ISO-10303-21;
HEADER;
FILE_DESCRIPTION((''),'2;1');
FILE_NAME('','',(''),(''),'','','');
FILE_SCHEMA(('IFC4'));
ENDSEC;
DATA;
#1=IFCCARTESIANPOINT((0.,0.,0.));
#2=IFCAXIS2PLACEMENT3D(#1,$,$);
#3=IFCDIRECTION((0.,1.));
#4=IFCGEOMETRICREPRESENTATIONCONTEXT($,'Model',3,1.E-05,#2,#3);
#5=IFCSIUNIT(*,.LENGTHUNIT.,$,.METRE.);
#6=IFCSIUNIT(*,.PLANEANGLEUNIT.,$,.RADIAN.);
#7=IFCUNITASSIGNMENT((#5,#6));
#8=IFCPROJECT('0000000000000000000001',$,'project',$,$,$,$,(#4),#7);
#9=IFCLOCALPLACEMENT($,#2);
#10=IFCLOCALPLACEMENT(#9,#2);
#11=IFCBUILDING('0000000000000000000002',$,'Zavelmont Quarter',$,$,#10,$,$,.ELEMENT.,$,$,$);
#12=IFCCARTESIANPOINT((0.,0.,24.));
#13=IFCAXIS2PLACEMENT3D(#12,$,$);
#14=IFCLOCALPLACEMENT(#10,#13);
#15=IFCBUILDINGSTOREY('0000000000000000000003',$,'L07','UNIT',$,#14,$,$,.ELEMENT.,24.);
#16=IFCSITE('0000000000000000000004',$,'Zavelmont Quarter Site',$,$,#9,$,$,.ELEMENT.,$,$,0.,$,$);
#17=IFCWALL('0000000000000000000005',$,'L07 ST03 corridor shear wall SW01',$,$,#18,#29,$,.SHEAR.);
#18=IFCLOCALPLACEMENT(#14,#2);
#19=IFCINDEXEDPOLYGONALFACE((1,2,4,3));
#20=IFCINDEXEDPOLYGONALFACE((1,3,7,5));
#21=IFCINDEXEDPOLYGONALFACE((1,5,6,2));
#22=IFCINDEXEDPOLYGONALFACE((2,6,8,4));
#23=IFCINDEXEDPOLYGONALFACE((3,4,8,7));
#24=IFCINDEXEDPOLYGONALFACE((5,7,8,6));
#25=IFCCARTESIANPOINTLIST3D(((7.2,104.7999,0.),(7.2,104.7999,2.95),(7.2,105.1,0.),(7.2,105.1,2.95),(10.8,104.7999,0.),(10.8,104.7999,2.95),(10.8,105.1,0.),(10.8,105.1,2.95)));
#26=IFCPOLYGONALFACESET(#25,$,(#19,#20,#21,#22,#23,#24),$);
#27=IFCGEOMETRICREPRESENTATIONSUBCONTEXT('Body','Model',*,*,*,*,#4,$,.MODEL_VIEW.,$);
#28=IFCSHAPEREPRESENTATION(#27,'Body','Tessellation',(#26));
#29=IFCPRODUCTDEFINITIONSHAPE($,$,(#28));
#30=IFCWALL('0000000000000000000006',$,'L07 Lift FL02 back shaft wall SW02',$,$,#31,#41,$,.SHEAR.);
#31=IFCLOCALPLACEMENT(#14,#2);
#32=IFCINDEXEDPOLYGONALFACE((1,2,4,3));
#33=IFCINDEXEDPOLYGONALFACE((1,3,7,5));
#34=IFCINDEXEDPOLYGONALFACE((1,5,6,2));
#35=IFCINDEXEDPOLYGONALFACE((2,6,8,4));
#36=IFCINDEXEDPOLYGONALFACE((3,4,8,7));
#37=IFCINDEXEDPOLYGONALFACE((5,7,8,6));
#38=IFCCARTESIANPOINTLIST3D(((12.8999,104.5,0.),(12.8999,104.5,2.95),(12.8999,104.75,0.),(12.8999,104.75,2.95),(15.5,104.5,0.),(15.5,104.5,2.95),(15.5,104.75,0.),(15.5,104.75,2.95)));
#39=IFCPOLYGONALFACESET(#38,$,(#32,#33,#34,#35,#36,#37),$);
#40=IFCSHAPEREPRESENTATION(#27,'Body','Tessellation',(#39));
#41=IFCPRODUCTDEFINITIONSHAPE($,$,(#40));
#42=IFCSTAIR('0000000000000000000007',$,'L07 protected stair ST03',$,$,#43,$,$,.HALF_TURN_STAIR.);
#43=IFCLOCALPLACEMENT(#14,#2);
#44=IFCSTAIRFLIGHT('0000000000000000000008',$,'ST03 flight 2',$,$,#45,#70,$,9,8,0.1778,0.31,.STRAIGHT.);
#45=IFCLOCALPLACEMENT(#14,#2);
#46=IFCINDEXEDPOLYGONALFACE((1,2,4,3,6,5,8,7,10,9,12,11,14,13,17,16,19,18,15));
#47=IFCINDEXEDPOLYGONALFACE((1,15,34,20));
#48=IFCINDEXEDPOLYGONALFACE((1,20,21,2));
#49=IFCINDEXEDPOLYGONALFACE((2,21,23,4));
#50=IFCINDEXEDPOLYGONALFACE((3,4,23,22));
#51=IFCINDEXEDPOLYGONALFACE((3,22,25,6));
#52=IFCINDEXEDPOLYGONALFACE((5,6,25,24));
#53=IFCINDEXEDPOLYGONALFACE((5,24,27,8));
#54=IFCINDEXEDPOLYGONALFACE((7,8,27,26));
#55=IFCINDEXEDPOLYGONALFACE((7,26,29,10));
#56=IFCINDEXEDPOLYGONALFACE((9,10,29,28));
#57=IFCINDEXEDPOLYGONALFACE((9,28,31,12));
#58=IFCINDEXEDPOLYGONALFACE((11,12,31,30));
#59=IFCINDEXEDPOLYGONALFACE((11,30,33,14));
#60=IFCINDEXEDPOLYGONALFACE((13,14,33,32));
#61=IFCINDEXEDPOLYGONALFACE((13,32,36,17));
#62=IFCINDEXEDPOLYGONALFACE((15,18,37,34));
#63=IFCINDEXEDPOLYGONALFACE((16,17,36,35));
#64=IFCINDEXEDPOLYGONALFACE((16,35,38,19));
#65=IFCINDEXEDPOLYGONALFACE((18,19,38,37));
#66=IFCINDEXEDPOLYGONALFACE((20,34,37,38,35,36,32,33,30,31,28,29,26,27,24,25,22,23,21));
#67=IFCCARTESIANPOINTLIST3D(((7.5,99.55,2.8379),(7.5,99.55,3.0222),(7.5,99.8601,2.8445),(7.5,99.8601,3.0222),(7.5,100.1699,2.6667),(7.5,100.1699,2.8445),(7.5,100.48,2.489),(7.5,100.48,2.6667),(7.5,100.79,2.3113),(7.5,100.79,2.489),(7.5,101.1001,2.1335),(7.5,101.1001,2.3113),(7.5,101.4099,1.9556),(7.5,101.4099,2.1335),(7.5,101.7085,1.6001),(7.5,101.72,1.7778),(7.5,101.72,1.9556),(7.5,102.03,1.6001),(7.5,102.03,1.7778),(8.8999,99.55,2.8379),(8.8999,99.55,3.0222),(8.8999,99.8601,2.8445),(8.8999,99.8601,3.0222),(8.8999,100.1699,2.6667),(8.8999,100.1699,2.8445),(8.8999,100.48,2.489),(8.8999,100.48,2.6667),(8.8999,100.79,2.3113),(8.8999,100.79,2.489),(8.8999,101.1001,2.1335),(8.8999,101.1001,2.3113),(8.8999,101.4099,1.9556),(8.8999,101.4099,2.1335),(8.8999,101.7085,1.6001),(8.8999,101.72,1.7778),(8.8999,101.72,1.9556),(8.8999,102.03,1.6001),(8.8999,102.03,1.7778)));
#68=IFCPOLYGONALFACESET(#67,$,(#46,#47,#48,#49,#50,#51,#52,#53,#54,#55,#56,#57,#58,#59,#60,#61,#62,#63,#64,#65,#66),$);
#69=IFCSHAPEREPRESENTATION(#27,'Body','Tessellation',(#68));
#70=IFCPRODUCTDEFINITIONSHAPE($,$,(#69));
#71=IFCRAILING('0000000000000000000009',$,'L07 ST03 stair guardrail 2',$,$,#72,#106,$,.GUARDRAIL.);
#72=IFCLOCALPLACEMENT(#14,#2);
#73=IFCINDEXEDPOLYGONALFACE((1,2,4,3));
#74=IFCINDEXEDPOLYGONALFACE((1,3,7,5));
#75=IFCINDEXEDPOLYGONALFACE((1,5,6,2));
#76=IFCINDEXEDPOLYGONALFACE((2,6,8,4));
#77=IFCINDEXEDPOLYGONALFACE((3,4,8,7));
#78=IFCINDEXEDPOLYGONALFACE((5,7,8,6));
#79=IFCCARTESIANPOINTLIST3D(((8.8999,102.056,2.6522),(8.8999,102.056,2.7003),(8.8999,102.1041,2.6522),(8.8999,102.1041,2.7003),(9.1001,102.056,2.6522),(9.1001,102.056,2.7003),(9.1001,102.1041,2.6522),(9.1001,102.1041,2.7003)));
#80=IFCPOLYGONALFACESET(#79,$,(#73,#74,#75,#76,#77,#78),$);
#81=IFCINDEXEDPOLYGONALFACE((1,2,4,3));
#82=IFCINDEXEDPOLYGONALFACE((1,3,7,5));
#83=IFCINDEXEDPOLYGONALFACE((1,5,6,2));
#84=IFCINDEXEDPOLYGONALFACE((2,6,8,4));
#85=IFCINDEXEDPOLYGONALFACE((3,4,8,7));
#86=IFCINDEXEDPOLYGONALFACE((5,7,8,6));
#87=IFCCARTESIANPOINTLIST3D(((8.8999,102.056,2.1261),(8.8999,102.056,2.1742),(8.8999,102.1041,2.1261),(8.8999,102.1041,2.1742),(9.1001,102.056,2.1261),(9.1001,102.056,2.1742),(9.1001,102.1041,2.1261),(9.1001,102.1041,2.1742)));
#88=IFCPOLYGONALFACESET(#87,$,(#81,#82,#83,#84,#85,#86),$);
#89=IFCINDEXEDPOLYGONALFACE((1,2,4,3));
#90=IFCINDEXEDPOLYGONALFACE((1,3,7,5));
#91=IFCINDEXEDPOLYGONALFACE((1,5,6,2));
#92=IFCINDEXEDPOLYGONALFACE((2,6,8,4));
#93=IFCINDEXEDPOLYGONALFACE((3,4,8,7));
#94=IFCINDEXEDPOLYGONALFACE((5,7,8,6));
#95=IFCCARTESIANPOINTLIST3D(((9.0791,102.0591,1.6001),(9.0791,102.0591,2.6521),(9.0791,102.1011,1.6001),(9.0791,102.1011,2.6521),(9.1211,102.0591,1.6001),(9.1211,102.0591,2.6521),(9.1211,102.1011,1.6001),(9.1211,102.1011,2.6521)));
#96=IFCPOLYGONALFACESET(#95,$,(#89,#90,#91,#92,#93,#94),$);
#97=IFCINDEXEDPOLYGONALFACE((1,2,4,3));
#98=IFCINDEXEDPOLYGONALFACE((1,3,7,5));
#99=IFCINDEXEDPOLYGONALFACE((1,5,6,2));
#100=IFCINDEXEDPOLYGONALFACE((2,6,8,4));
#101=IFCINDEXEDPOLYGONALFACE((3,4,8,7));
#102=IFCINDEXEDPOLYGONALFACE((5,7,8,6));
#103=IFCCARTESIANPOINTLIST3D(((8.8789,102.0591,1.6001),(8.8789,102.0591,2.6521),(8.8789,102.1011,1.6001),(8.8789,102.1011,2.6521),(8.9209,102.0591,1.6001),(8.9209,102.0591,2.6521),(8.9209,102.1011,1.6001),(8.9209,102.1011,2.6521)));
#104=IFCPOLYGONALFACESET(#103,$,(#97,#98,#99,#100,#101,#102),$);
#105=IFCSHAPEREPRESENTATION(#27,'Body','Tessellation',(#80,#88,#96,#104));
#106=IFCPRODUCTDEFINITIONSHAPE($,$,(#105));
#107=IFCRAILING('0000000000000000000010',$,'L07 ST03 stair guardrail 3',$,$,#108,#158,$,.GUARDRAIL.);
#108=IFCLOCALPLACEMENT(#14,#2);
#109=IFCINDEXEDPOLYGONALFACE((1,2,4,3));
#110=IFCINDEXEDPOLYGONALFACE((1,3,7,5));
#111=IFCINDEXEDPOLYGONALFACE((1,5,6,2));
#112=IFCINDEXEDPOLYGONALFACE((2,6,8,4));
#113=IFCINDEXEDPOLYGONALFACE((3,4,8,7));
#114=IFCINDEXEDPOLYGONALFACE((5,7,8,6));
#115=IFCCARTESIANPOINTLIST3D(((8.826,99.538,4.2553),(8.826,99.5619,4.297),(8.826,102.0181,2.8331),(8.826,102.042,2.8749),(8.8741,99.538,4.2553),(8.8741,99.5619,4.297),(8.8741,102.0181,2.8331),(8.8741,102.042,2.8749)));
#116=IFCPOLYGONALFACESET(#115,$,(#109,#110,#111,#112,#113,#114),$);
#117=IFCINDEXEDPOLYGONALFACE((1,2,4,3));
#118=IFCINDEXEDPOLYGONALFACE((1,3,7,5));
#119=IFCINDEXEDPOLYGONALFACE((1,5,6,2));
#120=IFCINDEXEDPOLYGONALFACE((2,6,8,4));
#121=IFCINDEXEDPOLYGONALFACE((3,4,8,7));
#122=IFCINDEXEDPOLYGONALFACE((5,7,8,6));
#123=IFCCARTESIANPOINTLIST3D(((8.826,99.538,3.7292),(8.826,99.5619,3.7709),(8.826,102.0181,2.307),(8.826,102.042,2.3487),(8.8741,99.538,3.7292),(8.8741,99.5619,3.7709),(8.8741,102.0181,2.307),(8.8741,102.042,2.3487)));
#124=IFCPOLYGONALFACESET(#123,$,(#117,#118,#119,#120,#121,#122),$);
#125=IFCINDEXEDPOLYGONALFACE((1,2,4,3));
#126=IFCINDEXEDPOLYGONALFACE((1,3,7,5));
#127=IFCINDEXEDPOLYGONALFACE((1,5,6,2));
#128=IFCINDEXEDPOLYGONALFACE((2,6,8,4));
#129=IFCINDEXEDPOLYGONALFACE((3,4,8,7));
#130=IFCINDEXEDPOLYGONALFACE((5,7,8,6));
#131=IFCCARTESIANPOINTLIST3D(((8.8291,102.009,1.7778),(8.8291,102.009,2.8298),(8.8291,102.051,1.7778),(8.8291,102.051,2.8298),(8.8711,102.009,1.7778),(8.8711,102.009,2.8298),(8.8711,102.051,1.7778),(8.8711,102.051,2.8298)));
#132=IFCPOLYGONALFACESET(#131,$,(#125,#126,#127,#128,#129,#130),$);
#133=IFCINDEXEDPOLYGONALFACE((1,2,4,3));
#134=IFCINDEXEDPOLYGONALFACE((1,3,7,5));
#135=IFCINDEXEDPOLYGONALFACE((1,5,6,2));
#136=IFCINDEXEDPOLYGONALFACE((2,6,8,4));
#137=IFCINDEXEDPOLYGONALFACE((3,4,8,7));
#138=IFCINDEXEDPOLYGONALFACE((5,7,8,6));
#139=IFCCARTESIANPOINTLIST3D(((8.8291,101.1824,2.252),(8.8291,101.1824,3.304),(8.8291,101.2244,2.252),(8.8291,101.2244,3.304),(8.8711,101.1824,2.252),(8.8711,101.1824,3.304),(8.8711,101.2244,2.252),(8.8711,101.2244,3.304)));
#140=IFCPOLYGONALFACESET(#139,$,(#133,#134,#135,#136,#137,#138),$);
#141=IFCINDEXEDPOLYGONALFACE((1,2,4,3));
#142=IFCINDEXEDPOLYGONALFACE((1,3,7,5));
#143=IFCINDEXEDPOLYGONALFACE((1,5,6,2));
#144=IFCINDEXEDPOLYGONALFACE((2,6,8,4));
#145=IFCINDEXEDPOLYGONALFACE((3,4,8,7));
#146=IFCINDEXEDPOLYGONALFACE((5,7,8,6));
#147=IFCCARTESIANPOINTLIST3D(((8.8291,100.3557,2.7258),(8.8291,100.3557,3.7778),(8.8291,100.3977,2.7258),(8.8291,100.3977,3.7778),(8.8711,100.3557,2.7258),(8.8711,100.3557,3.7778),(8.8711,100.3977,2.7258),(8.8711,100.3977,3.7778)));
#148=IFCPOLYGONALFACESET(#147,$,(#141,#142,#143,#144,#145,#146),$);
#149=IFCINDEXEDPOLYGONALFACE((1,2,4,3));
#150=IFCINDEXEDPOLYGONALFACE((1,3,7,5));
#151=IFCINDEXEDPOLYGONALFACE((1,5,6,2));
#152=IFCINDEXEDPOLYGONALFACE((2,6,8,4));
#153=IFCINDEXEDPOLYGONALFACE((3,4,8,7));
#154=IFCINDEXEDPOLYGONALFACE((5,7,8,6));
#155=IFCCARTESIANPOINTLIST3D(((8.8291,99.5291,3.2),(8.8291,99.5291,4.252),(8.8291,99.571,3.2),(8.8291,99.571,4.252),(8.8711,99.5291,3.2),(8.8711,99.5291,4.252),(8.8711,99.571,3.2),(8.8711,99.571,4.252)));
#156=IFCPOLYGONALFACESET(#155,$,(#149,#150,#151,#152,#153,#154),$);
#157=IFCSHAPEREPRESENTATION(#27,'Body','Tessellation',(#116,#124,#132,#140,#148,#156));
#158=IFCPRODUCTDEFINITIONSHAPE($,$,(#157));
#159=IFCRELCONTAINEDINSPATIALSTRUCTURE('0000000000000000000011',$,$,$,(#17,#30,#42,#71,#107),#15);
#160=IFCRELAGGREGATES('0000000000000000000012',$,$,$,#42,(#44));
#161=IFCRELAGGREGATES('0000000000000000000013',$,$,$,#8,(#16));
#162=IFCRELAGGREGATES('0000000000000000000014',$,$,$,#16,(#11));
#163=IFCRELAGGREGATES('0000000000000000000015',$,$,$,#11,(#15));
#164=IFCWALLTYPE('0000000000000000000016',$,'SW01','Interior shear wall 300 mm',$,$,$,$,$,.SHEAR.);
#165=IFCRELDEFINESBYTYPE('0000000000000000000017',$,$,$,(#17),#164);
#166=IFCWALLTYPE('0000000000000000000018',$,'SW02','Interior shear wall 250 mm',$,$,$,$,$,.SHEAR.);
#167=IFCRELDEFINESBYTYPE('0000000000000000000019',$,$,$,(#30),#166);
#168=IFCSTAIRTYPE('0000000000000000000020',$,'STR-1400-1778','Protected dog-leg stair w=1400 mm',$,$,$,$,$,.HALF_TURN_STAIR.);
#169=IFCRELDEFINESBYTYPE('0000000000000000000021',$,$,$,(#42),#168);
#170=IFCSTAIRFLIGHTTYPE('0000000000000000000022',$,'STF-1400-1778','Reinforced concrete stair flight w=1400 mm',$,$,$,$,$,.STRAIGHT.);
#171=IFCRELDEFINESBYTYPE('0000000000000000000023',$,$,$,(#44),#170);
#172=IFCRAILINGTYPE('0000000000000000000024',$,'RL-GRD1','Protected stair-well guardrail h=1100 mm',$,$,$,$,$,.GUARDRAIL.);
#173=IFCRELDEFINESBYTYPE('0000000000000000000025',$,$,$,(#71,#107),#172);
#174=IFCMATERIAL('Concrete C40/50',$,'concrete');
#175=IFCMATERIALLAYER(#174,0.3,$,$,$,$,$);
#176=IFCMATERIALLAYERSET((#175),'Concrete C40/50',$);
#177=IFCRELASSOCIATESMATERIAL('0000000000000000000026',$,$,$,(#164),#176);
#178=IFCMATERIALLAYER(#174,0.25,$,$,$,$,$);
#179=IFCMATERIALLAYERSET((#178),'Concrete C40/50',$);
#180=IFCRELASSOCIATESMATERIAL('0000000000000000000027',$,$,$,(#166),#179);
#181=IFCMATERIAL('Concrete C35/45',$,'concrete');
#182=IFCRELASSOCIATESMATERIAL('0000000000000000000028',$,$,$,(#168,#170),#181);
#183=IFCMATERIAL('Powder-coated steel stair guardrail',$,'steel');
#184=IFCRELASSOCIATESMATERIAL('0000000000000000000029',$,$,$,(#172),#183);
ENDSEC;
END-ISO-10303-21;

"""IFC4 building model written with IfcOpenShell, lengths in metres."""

from ifc_helpers import new_model, si_unit, direction, frame, frame_2d, origin, origin_2d, place, context, subcontext, project, spatial, polyline, rectangle, outline, extrude, material, layer, layer_set, type_object, element, aggregate, save


model = new_model("IFC4")

# Units and contexts
model_context = context("Model", 3, precision=1e-05, world=origin(), true_north=direction((0.0, 1.0)))
body_context = subcontext(model_context, "Body", "Model", "MODEL_VIEW")
ifc_project = project(units=[si_unit("LENGTHUNIT", "METRE"), si_unit("PLANEANGLEUNIT", "RADIAN")], contexts=[model_context])

# Site, building, storey
site_placement = place(None, origin())
site = spatial("IfcSite", under=ifc_project, at=site_placement, Name="Zavelmont Quarter Site", CompositionType="ELEMENT", RefElevation=0.0)
building_placement = place(site_placement, origin())
building = spatial("IfcBuilding", under=site, at=building_placement, Name="Zavelmont Quarter", CompositionType="ELEMENT")
storey_placement = place(building_placement, frame((0.0, 0.0, 24.0)))
storey = spatial("IfcBuildingStorey", under=building, at=storey_placement, Name="L07", Description="UNIT", CompositionType="ELEMENT", Elevation=24.0)

# Shared definitions
ifc_material_1 = material(Name="Concrete C35/45", Category="concrete")

# Shared definitions
ifc_material_2 = material(Name="Concrete C40/50", Category="concrete")

# Walls
ifc_layer_1 = layer(ifc_material_2, 0.3)
ifc_layer_set_1 = layer_set([ifc_layer_1], Name="Concrete C40/50")
wall_type_1 = type_object("IfcWallType", Name="SW01", Description="Interior shear wall 300 mm", PredefinedType="SHEAR", material=ifc_layer_set_1)
wall_1_placement = place(storey_placement, frame((7.2, 104.95, 0.0), z_axis=(0.0, 0.0, 1.0), x_axis=(1.0, 0.0, 0.0)))
element("IfcWall", 1, at=wall_1_placement, inside=storey, type_object=wall_type_1, Name="L07 ST03 corridor shear wall SW01", PredefinedType="SHEAR", context=body_context, shape_type="SweptSolid", body=[
    extrude(rectangle(XDim=3.6001, YDim=0.3, at=frame_2d((1.8, 0.0))), origin(), (0.0, 0.0, 1.0), 2.95),
])
ifc_layer_2 = layer(ifc_material_2, 0.25)
ifc_layer_set_2 = layer_set([ifc_layer_2], Name="Concrete C40/50")
wall_type_2 = type_object("IfcWallType", Name="SW02", Description="Interior shear wall 250 mm", PredefinedType="SHEAR", material=ifc_layer_set_2)
wall_2_placement = place(storey_placement, frame((12.8999, 104.625, 0.0), z_axis=(0.0, 0.0, 1.0), x_axis=(1.0, 0.0, 0.0)))
element("IfcWall", 2, at=wall_2_placement, inside=storey, type_object=wall_type_2, Name="L07 Lift FL02 back shaft wall SW02", PredefinedType="SHEAR", context=body_context, shape_type="SweptSolid", body=[
    extrude(rectangle(XDim=2.6001, YDim=0.25, at=frame_2d((1.3, 0.0))), origin(), (0.0, 0.0, 1.0), 2.95),
])

# Stair, stair flight
stair_type = type_object("IfcStairType", Name="STR-1400-1778", Description="Protected dog-leg stair w=1400 mm", PredefinedType="HALF_TURN_STAIR", material=ifc_material_1)
stair_placement = place(storey_placement, origin())
stair = element("IfcStair", 3, at=stair_placement, inside=storey, type_object=stair_type, Name="L07 protected stair ST03", PredefinedType="HALF_TURN_STAIR")
stair_flight_type = type_object("IfcStairFlightType", Name="STF-1400-1778", Description="Reinforced concrete stair flight w=1400 mm", PredefinedType="STRAIGHT", material=ifc_material_1)
stair_flight_placement = place(storey_placement, frame((8.2, 102.03, 1.6001), z_axis=(0.0, 0.0, 1.0), x_axis=(0.0, -1.0, 0.0)))
stair_flight = element("IfcStairFlight", 4, at=stair_flight_placement, type_object=stair_flight_type, Name="ST03 flight 2", NumberOfRisers=9, NumberOfTreads=8, PredefinedType="STRAIGHT", RiserHeight=0.1778, TreadLength=0.31, context=body_context, shape_type="SweptSolid", body=[
    extrude(outline(polyline([(0.0, 0.0), (0.0, 0.1777), (0.3101, 0.1777), (0.3101, 0.3555), (0.6201, 0.3555), (0.6201, 0.5334), (0.9299, 0.5334), (0.9299, 0.7112), (1.24, 0.7112), (1.24, 0.8889), (1.55, 0.8889), (1.55, 1.0667), (1.8601, 1.0667), (1.8601, 1.2444), (2.1699, 1.2444), (2.1699, 1.4221), (2.48, 1.4221), (2.48, 1.6001), (2.48, 1.2378), (0.3215, 0.0), (0.0, 0.0)])), frame((0.0, 0.7, 0.0), z_axis=(0.0, -1.0, 0.0), x_axis=(1.0, 0.0, 0.0)), (0.0, 0.0, 1.0), 1.3999),
])
aggregate(stair, [stair_flight])

# Railings
ifc_material_3 = material(Name="Powder-coated steel stair guardrail", Category="steel")
railing_type = type_object("IfcRailingType", Name="RL-GRD1", Description="Protected stair-well guardrail h=1100 mm", PredefinedType="GUARDRAIL", material=ifc_material_3)
railing_1_placement = place(storey_placement, frame((9.1001, 102.0801, 1.6001)))
element("IfcRailing", 5, at=railing_1_placement, inside=storey, type_object=railing_type, Name="L07 ST03 stair guardrail 2", PredefinedType="GUARDRAIL", context=body_context, shape_type="SweptSolid", body=[
    extrude(rectangle(XDim=0.0481, YDim=0.0481, at=origin_2d()), frame((0.0, 0.0, 1.0762), z_axis=(-1.0, 0.0, 0.0), x_axis=(0.0, -1.0, 0.0)), (0.0, 0.0, 1.0), 0.2002),
    extrude(rectangle(XDim=0.0481, YDim=0.0481, at=origin_2d()), frame((0.0, 0.0, 0.55), z_axis=(-1.0, 0.0, 0.0), x_axis=(0.0, -1.0, 0.0)), (0.0, 0.0, 1.0), 0.2002),
    extrude(rectangle(XDim=0.042, YDim=0.042, at=origin_2d()), origin(), (0.0, 0.0, 1.0), 1.052),
    extrude(rectangle(XDim=0.042, YDim=0.042, at=origin_2d()), frame((-0.2002, 0.0, 0.0)), (0.0, 0.0, 1.0), 1.052),
])
railing_2_placement = place(storey_placement, frame((8.8501, 102.03, 1.7778)))
element("IfcRailing", 6, at=railing_2_placement, inside=storey, type_object=railing_type, Name="L07 ST03 stair guardrail 3", PredefinedType="GUARDRAIL", context=body_context, shape_type="SweptSolid", body=[
    extrude(rectangle(XDim=0.0481, YDim=0.0481, at=origin_2d()), frame((0.0, 0.0, 1.0762), z_axis=(0.0, -0.867491, 0.497454), x_axis=(1.0, 0.0, 0.0)), (0.0, 0.0, 1.0), 2.8589),
    extrude(rectangle(XDim=0.0481, YDim=0.0481, at=origin_2d()), frame((0.0, 0.0, 0.55), z_axis=(0.0, -0.867491, 0.497454), x_axis=(1.0, 0.0, 0.0)), (0.0, 0.0, 1.0), 2.8589),
    extrude(rectangle(XDim=0.042, YDim=0.042, at=origin_2d()), origin(), (0.0, 0.0, 1.0), 1.052),
    extrude(rectangle(XDim=0.042, YDim=0.042, at=origin_2d()), frame((0.0, -0.8267, 0.4741)), (0.0, 0.0, 1.0), 1.052),
    extrude(rectangle(XDim=0.042, YDim=0.042, at=origin_2d()), frame((0.0, -1.6533, 0.948)), (0.0, 0.0, 1.0), 1.052),
    extrude(rectangle(XDim=0.042, YDim=0.042, at=origin_2d()), frame((0.0, -2.48, 1.4221)), (0.0, 0.0, 1.0), 1.052),
])

save(model, "model.ifc")
